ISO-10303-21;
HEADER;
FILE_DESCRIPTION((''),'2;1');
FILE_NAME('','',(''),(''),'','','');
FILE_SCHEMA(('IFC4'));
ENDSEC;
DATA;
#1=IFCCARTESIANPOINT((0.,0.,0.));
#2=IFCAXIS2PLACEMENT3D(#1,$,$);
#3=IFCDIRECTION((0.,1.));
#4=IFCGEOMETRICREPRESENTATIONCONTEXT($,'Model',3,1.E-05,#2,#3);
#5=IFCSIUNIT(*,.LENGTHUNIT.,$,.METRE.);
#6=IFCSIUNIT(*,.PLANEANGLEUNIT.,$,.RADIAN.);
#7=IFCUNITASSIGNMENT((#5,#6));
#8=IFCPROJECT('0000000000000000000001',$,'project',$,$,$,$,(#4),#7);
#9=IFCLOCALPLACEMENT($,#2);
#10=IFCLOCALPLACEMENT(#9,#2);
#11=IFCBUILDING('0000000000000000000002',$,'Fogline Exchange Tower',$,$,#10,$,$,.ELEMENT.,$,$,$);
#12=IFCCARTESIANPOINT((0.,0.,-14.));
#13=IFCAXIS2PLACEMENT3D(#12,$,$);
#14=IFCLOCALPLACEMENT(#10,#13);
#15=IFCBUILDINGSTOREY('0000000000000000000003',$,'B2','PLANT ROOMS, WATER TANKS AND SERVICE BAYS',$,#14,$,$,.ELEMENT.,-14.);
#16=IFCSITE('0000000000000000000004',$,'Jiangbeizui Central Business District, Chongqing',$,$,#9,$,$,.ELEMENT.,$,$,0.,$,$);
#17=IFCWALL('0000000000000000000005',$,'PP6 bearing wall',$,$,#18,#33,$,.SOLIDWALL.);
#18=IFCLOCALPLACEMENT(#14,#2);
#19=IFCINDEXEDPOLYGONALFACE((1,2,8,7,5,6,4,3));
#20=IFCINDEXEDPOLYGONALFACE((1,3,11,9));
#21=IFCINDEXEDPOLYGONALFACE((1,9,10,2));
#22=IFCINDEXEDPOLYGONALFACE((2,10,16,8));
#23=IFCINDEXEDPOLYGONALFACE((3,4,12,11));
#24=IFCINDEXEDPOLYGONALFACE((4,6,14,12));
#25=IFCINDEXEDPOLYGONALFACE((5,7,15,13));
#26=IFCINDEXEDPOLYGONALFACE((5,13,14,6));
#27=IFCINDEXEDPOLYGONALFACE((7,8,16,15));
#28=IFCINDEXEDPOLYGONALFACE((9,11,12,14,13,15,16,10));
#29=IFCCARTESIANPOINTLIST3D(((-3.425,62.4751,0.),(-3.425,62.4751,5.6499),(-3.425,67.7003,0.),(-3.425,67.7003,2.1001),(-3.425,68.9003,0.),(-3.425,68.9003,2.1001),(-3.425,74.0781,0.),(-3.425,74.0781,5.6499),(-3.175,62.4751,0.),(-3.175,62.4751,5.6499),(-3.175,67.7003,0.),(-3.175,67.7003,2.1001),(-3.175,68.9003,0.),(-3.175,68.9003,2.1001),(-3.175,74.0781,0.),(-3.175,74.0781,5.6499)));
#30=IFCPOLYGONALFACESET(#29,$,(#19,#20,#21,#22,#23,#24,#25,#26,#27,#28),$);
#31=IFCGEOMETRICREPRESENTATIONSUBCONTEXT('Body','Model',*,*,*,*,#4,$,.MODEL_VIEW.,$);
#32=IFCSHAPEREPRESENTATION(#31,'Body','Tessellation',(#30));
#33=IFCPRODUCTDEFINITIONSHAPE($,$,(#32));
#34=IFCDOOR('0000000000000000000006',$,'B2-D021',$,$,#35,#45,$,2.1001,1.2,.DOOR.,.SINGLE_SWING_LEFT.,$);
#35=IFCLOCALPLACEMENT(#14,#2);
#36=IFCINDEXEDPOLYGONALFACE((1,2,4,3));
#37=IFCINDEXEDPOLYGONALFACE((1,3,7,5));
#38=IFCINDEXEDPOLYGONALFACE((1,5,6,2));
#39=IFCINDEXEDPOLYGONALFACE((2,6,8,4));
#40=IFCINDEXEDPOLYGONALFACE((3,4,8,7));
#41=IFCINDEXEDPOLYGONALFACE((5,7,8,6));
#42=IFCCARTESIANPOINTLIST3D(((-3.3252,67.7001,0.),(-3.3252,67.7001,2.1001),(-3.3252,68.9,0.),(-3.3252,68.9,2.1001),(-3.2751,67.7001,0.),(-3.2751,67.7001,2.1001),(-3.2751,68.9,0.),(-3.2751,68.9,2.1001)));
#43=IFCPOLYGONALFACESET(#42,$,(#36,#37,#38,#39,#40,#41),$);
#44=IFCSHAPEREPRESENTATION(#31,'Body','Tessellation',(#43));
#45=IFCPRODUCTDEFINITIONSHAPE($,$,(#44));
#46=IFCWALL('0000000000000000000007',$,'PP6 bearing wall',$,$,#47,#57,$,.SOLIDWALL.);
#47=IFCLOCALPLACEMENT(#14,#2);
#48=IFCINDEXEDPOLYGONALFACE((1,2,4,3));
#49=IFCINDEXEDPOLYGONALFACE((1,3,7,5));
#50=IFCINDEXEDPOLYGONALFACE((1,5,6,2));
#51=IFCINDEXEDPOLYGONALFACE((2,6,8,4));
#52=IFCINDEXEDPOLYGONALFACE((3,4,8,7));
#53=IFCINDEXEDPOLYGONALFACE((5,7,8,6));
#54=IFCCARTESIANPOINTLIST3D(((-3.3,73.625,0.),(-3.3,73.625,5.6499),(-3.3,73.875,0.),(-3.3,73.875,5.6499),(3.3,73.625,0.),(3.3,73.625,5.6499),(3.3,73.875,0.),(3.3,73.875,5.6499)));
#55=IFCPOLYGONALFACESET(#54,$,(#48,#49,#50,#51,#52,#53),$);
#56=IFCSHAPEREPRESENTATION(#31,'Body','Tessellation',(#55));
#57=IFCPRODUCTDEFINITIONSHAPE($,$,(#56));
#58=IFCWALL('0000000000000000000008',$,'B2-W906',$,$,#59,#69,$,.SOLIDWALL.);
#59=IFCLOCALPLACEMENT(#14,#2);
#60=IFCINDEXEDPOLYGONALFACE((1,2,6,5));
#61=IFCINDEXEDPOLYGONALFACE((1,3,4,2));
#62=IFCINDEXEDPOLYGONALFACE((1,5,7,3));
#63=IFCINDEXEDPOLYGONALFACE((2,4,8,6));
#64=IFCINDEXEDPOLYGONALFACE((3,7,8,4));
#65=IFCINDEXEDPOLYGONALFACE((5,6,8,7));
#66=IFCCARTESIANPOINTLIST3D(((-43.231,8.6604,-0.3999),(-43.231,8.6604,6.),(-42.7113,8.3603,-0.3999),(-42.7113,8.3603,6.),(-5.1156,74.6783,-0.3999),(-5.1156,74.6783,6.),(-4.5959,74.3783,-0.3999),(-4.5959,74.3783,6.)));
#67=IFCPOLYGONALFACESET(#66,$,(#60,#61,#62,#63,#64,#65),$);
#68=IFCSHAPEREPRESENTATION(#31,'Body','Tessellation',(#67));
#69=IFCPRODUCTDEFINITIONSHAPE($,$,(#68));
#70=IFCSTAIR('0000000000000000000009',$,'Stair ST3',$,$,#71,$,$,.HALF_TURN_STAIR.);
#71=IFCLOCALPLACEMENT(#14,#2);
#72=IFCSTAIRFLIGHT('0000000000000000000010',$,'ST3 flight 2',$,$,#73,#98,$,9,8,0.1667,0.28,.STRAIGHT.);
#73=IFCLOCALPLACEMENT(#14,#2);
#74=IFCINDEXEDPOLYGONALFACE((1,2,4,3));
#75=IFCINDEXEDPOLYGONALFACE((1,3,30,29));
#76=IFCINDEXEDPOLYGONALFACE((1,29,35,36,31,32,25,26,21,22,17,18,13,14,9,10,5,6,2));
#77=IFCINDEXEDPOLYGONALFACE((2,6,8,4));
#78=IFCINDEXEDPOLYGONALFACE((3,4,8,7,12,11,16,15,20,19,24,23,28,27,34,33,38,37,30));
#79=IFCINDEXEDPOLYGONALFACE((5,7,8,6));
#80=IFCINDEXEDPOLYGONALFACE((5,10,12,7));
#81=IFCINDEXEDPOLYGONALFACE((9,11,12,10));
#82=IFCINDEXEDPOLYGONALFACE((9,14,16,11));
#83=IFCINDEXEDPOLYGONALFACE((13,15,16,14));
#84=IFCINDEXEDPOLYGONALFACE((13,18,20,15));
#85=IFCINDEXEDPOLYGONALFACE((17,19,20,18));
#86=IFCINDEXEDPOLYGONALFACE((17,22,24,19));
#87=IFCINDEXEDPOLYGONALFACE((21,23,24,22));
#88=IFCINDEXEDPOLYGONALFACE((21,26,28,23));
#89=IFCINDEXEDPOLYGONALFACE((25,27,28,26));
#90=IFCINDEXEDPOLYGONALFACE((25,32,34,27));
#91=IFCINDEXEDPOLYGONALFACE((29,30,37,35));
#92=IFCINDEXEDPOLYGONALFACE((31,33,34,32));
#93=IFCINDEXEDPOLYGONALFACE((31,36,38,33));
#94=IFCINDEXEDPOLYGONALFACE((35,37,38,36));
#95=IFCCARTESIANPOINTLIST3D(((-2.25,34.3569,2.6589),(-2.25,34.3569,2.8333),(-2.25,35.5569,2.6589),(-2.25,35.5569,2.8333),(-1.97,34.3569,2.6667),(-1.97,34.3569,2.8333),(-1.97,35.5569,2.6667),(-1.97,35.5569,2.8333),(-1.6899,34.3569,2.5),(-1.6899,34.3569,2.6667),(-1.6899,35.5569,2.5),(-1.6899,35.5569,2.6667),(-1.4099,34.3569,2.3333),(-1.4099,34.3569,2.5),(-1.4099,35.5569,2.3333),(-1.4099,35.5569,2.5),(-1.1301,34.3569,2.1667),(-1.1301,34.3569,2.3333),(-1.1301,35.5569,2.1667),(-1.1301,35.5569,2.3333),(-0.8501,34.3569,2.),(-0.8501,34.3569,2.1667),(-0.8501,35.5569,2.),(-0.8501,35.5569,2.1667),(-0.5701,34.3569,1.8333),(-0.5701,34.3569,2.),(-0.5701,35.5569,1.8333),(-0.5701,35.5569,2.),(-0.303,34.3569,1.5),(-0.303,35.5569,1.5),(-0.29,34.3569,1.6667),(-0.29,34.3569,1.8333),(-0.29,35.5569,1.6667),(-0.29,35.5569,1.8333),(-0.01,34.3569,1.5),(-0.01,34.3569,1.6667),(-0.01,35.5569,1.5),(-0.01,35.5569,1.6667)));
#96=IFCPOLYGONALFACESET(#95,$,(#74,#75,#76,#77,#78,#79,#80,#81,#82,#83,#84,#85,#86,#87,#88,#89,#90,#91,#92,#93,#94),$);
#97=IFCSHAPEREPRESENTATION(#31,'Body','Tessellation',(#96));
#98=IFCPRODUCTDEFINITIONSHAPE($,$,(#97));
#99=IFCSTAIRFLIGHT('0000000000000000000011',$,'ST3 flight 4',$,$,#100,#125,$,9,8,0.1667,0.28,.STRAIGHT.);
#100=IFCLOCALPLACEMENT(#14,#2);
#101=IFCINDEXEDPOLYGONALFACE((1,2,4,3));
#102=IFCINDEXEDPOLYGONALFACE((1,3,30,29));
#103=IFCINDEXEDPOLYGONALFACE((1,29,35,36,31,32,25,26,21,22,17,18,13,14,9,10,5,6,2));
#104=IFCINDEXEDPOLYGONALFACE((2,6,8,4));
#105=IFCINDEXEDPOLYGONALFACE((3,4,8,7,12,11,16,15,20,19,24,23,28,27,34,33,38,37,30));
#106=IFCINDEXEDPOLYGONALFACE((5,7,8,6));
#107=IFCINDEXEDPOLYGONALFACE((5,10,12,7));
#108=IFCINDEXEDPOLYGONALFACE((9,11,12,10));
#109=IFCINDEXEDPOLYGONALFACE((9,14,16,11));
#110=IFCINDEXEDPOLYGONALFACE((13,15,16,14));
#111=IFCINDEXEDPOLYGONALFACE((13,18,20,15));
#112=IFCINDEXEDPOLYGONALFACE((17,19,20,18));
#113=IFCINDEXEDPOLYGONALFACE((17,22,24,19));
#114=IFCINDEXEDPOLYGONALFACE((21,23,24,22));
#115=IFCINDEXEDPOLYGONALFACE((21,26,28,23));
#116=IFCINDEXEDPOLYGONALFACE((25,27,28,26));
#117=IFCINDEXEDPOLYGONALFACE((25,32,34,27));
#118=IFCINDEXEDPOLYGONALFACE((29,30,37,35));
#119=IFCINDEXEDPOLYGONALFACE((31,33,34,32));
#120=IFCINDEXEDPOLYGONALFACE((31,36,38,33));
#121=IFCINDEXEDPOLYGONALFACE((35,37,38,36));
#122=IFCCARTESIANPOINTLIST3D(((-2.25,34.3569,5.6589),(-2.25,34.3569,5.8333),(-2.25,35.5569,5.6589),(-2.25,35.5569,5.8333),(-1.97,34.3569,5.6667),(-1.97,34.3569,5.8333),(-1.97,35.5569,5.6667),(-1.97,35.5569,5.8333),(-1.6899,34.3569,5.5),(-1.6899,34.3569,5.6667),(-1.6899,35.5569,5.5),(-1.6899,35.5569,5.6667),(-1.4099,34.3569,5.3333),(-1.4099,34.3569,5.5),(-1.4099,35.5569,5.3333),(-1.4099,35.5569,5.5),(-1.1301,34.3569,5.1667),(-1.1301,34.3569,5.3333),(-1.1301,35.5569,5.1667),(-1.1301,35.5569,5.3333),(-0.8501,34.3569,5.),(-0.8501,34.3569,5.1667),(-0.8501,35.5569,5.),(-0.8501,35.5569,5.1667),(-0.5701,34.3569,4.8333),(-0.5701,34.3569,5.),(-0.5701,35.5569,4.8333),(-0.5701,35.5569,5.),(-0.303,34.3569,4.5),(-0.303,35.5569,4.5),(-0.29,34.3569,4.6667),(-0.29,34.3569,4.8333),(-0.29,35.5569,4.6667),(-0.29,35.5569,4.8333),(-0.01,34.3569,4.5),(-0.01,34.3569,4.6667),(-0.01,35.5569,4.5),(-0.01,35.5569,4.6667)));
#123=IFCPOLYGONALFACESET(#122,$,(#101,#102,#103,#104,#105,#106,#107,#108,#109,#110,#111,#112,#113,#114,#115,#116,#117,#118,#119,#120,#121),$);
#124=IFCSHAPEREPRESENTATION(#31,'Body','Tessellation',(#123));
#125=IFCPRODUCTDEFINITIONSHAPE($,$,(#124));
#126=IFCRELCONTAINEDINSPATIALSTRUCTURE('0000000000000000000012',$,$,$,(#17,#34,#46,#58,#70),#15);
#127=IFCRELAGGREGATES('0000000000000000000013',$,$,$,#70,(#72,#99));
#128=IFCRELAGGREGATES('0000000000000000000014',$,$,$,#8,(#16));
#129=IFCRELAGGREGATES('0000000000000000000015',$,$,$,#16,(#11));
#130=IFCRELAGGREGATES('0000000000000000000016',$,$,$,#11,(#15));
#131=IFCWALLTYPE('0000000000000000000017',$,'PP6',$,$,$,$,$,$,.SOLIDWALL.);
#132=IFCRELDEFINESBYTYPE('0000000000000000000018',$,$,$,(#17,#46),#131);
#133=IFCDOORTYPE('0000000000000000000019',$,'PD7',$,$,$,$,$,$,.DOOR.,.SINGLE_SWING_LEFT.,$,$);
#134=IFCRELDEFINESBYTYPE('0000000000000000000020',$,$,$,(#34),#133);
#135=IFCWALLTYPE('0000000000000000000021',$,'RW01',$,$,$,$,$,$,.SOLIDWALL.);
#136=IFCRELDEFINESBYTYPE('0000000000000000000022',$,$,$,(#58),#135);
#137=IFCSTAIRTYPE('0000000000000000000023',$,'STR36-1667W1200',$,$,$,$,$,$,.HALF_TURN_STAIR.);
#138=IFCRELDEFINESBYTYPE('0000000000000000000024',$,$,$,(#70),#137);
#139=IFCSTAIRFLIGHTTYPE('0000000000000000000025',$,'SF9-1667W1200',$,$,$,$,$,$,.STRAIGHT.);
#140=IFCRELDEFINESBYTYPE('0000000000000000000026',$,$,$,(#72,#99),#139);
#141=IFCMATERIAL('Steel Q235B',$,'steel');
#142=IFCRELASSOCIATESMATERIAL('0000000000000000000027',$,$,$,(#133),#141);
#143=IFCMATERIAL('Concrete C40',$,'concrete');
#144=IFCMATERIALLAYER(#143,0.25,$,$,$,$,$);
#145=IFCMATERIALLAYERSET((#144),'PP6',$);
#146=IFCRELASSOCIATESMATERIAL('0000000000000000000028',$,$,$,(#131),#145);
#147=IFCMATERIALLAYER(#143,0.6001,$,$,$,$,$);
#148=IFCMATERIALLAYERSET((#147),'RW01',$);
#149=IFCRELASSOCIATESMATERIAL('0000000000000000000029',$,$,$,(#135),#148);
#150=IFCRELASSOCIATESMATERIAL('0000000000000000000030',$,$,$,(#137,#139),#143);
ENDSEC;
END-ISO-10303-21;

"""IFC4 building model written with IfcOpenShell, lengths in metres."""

from ifc_helpers import new_model, si_unit, direction, frame, frame_2d, origin, place, context, subcontext, project, spatial, polyline, rectangle, outline, extrude, material, layer, layer_set, type_object, element, fill, aggregate, save


model = new_model("IFC4")

# Units and contexts
model_context = context("Model", 3, precision=1e-05, world=origin(), true_north=direction((0.0, 1.0)))
body_context = subcontext(model_context, "Body", "Model", "MODEL_VIEW")
ifc_project = project(units=[si_unit("LENGTHUNIT", "METRE"), si_unit("PLANEANGLEUNIT", "RADIAN")], contexts=[model_context])

# Site, building, storey
site_placement = place(None, origin())
site = spatial("IfcSite", under=ifc_project, at=site_placement, Name="Jiangbeizui Central Business District, Chongqing", CompositionType="ELEMENT", RefElevation=0.0)
building_placement = place(site_placement, origin())
building = spatial("IfcBuilding", under=site, at=building_placement, Name="Fogline Exchange Tower", CompositionType="ELEMENT")
storey_placement = place(building_placement, frame((0.0, 0.0, -14.0)))
storey = spatial("IfcBuildingStorey", under=building, at=storey_placement, Name="B2", Description="PLANT ROOMS, WATER TANKS AND SERVICE BAYS", CompositionType="ELEMENT", Elevation=-14.0)

# Shared definitions
ifc_material_1 = material(Name="Concrete C40", Category="concrete")

# Wall, opening, door
ifc_material_2 = material(Name="Steel Q235B", Category="steel")
door_type = type_object("IfcDoorType", Name="PD7", OperationType="SINGLE_SWING_LEFT", PredefinedType="DOOR", material=ifc_material_2)
ifc_layer_1 = layer(ifc_material_1, 0.25)
ifc_layer_set_1 = layer_set([ifc_layer_1], Name="PP6")
wall_type_1 = type_object("IfcWallType", Name="PP6", PredefinedType="SOLIDWALL", material=ifc_layer_set_1)
wall_1_placement = place(storey_placement, frame((-3.3, 62.4751, 0.0), z_axis=(0.0, 0.0, 1.0), x_axis=(0.0, 1.0, 0.0)))
wall_1 = element("IfcWall", 1, at=wall_1_placement, inside=storey, type_object=wall_type_1, Name="PP6 bearing wall", PredefinedType="SOLIDWALL", context=body_context, shape_type="SweptSolid", body=[
    extrude(rectangle(XDim=11.603, YDim=0.25, at=frame_2d((5.8015, 0.0))), origin(), (0.0, 0.0, 1.0), 5.6499),
])
opening_1_placement = place(wall_1_placement, frame((5.2251, 0.0, 0.0)))
opening_1 = element("IfcOpeningElement", 2, at=opening_1_placement, cuts=wall_1, PredefinedType="OPENING", context=body_context, shape_type="SweptSolid", body=[
    extrude(rectangle(XDim=1.2, YDim=2.1001, at=frame_2d((0.6001, 1.05))), frame((0.0, 0.135, 0.0), z_axis=(0.0, -1.0, 0.0), x_axis=(1.0, 0.0, 0.0)), (0.0, 0.0, 1.0), 0.27),
])
door_1_placement = place(opening_1_placement, frame((1.2, 0.0, 0.0), z_axis=(0.0, 0.0, 1.0), x_axis=(-1.0, 0.0, 0.0)))
door_1 = element("IfcDoor", 3, at=door_1_placement, inside=storey, type_object=door_type, Name="B2-D021", OperationType="SINGLE_SWING_LEFT", OverallHeight=2.1001, OverallWidth=1.2, PredefinedType="DOOR", context=body_context, shape_type="SweptSolid", body=[
    extrude(rectangle(XDim=1.2, YDim=2.1001, at=frame_2d((0.6001, 1.05))), frame((0.0, 0.0249, 0.0), z_axis=(0.0, -1.0, 0.0), x_axis=(1.0, 0.0, 0.0)), (0.0, 0.0, 1.0), 0.05),
])
fill(opening_1, door_1)

# Walls
wall_2_placement = place(storey_placement, frame((-3.3, 73.75, 0.0), z_axis=(0.0, 0.0, 1.0), x_axis=(1.0, 0.0, 0.0)))
element("IfcWall", 4, at=wall_2_placement, inside=storey, type_object=wall_type_1, Name="PP6 bearing wall", PredefinedType="SOLIDWALL", context=body_context, shape_type="SweptSolid", body=[
    extrude(rectangle(XDim=6.6001, YDim=0.25, at=frame_2d((3.3, 0.0))), origin(), (0.0, 0.0, 1.0), 5.6499),
])
ifc_layer_2 = layer(ifc_material_1, 0.6001)
ifc_layer_set_2 = layer_set([ifc_layer_2], Name="RW01")
wall_type_2 = type_object("IfcWallType", Name="RW01", PredefinedType="SOLIDWALL", material=ifc_layer_set_2)
wall_3_placement = place(storey_placement, frame((-4.8557, 74.5283, -0.3999), z_axis=(0.0, 0.0, 1.0), x_axis=(-0.499999, -0.866026, 0.0)))
element("IfcWall", 5, at=wall_3_placement, inside=storey, type_object=wall_type_2, Name="B2-W906", PredefinedType="SOLIDWALL", context=body_context, shape_type="SweptSolid", body=[
    extrude(rectangle(XDim=76.231, YDim=0.6001, at=frame_2d((38.1155, 0.0))), origin(), (0.0, 0.0, 1.0), 6.3999),
])

# Stair, stair flights
stair_type = type_object("IfcStairType", Name="STR36-1667W1200", PredefinedType="HALF_TURN_STAIR", material=ifc_material_1)
stair_placement = place(storey_placement, origin())
stair = element("IfcStair", 6, at=stair_placement, inside=storey, type_object=stair_type, Name="Stair ST3", PredefinedType="HALF_TURN_STAIR")
stair_flight_type = type_object("IfcStairFlightType", Name="SF9-1667W1200", PredefinedType="STRAIGHT", material=ifc_material_1)
stair_flight_1_placement = place(storey_placement, frame((-0.01, 34.957, 1.5), z_axis=(0.0, 0.0, 1.0), x_axis=(-1.0, 0.0, 0.0)))
stair_flight_1 = element("IfcStairFlight", 7, at=stair_flight_1_placement, type_object=stair_flight_type, Name="ST3 flight 2", NumberOfRisers=9, NumberOfTreads=8, PredefinedType="STRAIGHT", RiserHeight=0.1667, TreadLength=0.28, context=body_context, shape_type="SweptSolid", body=[
    extrude(outline(polyline([(0.0, 0.0), (0.0, 0.1667), (0.28, 0.1667), (0.28, 0.3333), (0.5601, 0.3333), (0.5601, 0.5), (0.8401, 0.5), (0.8401, 0.6667), (1.1201, 0.6667), (1.1201, 0.8333), (1.3999, 0.8333), (1.3999, 1.0), (1.6799, 1.0), (1.6799, 1.1667), (1.96, 1.1667), (1.96, 1.3333), (2.24, 1.3333), (2.24, 1.5), (2.24, 1.1589), (0.293, 0.0), (0.0, 0.0)])), frame((0.0, 0.6001, 0.0), z_axis=(0.0, -1.0, 0.0), x_axis=(1.0, 0.0, 0.0)), (0.0, 0.0, 1.0), 1.2),
])
stair_flight_2_placement = place(storey_placement, frame((-0.01, 34.957, 4.5), z_axis=(0.0, 0.0, 1.0), x_axis=(-1.0, 0.0, 0.0)))
stair_flight_2 = element("IfcStairFlight", 8, at=stair_flight_2_placement, type_object=stair_flight_type, Name="ST3 flight 4", NumberOfRisers=9, NumberOfTreads=8, PredefinedType="STRAIGHT", RiserHeight=0.1667, TreadLength=0.28, context=body_context, shape_type="SweptSolid", body=[
    extrude(outline(polyline([(0.0, 0.0), (0.0, 0.1667), (0.28, 0.1667), (0.28, 0.3333), (0.5601, 0.3333), (0.5601, 0.5), (0.8401, 0.5), (0.8401, 0.6667), (1.1201, 0.6667), (1.1201, 0.8333), (1.3999, 0.8333), (1.3999, 1.0), (1.6799, 1.0), (1.6799, 1.1667), (1.96, 1.1667), (1.96, 1.3333), (2.24, 1.3333), (2.24, 1.5), (2.24, 1.1589), (0.293, 0.0), (0.0, 0.0)])), frame((0.0, 0.6001, 0.0), z_axis=(0.0, -1.0, 0.0), x_axis=(1.0, 0.0, 0.0)), (0.0, 0.0, 1.0), 1.2),
])
aggregate(stair, [stair_flight_1, stair_flight_2])

save(model, "model.ifc")
